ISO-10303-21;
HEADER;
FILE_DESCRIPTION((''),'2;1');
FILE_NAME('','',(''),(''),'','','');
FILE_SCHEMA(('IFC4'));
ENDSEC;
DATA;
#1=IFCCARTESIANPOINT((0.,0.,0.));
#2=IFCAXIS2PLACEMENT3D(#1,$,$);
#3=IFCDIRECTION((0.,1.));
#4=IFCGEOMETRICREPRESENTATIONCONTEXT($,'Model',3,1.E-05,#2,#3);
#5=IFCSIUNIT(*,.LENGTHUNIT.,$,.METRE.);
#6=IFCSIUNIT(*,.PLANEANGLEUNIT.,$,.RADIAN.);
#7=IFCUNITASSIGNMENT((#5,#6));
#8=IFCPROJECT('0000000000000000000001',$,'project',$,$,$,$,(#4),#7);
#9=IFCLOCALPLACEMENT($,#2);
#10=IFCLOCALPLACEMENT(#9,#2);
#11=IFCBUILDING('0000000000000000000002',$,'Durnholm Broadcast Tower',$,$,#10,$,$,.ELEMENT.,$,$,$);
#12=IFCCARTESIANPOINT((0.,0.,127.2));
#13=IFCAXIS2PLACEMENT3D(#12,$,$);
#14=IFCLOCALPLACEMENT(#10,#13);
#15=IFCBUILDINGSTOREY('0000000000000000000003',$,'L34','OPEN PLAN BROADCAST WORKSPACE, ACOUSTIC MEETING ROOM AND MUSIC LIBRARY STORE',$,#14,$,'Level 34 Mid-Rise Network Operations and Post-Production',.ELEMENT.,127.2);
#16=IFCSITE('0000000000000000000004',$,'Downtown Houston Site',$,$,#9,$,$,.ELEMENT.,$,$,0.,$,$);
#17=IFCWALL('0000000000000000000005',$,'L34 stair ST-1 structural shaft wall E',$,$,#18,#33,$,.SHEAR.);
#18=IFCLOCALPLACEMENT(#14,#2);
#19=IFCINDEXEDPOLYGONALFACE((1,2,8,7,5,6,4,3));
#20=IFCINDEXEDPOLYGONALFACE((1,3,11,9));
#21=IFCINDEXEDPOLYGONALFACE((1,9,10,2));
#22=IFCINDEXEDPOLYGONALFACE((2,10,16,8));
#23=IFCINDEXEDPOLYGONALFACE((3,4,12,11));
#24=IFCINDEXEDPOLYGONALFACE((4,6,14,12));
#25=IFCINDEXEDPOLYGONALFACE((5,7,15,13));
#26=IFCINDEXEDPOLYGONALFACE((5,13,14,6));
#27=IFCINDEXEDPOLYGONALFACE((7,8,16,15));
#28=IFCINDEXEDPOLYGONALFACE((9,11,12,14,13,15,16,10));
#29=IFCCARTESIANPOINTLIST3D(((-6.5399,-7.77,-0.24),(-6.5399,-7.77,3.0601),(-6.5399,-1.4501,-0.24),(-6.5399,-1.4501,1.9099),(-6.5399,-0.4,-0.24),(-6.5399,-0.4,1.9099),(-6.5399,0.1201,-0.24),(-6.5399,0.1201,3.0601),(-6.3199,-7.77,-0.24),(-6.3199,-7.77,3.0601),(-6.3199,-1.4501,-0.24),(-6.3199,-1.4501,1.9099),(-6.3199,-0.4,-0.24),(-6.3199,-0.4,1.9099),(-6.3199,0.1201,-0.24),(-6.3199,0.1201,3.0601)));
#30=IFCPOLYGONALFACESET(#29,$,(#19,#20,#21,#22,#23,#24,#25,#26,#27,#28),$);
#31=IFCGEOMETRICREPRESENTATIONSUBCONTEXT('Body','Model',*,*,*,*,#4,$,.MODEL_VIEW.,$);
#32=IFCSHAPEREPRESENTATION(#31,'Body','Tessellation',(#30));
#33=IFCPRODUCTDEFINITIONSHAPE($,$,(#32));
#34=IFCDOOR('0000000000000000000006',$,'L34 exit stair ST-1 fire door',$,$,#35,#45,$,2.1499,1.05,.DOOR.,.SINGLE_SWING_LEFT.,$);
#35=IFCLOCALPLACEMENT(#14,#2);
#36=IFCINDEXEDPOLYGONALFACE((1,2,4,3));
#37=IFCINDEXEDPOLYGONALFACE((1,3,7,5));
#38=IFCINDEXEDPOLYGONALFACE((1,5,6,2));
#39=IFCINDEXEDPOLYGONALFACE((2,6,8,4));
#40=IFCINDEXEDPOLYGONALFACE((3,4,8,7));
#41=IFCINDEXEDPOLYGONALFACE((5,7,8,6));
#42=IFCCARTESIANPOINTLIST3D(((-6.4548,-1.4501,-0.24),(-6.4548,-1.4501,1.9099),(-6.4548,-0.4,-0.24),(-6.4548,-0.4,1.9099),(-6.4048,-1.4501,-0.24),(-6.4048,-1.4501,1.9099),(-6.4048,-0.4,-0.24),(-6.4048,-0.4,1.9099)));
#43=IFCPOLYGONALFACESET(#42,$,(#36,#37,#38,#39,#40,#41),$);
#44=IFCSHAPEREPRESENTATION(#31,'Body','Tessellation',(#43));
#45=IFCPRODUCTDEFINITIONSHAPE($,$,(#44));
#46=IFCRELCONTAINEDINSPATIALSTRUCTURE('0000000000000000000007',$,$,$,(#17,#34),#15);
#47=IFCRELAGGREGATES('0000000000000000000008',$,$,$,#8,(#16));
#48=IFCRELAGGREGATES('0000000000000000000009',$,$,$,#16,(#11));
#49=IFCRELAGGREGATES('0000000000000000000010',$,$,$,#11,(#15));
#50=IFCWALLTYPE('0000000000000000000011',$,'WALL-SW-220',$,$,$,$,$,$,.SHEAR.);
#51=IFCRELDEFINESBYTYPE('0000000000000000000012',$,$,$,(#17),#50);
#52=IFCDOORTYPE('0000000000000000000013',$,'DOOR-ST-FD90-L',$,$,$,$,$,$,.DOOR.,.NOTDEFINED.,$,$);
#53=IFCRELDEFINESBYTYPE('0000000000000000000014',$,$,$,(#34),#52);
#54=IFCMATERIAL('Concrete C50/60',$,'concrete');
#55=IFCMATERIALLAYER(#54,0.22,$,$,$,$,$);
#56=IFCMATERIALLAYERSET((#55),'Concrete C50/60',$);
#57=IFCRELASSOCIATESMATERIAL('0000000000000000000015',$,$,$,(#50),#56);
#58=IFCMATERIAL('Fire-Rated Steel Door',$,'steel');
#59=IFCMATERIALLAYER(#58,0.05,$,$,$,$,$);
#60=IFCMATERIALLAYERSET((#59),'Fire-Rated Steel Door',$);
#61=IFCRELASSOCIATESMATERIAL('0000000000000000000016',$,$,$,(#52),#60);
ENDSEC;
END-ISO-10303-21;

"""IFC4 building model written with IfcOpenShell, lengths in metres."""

from ifc_helpers import new_model, si_unit, direction, frame, frame_2d, origin, place, context, subcontext, project, spatial, rectangle, extrude, source, transform, mapped, material, layer, layer_set, type_object, type_shapes, element, fill, save


model = new_model("IFC4")

# Units and contexts
model_context = context("Model", 3, precision=1e-05, world=origin(), true_north=direction((0.0, 1.0)))
body_context = subcontext(model_context, "Body", "Model", "MODEL_VIEW")
ifc_project = project(units=[si_unit("LENGTHUNIT", "METRE"), si_unit("PLANEANGLEUNIT", "RADIAN")], contexts=[model_context])

# Site, building, storey
site_placement = place(None, origin())
site = spatial("IfcSite", under=ifc_project, at=site_placement, Name="Downtown Houston Site", CompositionType="ELEMENT", RefElevation=0.0)
building_placement = place(site_placement, origin())
building = spatial("IfcBuilding", under=site, at=building_placement, Name="Durnholm Broadcast Tower", CompositionType="ELEMENT")
storey_placement = place(building_placement, frame((0.0, 0.0, 127.2)))
storey = spatial("IfcBuildingStorey", under=building, at=storey_placement, Name="L34", Description="OPEN PLAN BROADCAST WORKSPACE, ACOUSTIC MEETING ROOM AND MUSIC LIBRARY STORE", LongName="Level 34 Mid-Rise Network Operations and Post-Production", CompositionType="ELEMENT", Elevation=127.2)

# Wall, opening, door
ifc_material_1 = material(Name="Concrete C50/60", Category="concrete")
ifc_layer_1 = layer(ifc_material_1, 0.22)
ifc_layer_set_1 = layer_set([ifc_layer_1], Name="Concrete C50/60")
wall_type_1 = type_object("IfcWallType", Name="WALL-SW-220", PredefinedType="SHEAR", material=ifc_layer_set_1)
wall_1_placement = place(storey_placement, frame((-6.4299, -7.77, -0.24), z_axis=(0.0, 0.0, 1.0), x_axis=(0.0, 1.0, 0.0)))
wall_1 = element("IfcWall", 1, at=wall_1_placement, inside=storey, type_object=wall_type_1, Name="L34 stair ST-1 structural shaft wall E", PredefinedType="SHEAR", context=body_context, shape_type="SweptSolid", body=[
    extrude(rectangle(XDim=7.8901, YDim=0.22, at=frame_2d((3.9451, 0.0))), origin(), (0.0, 0.0, 1.0), 3.3),
])
opening_1_placement = place(wall_1_placement, frame((6.3201, 0.0, 0.0)))
opening_1 = element("IfcOpeningElement", 2, at=opening_1_placement, cuts=wall_1, PredefinedType="OPENING", context=body_context, shape_type="SweptSolid", body=[
    extrude(rectangle(XDim=1.05, YDim=2.1499, at=frame_2d((0.5249, 1.075))), frame((0.0, 0.1201, 0.0), z_axis=(0.0, -1.0, 0.0), x_axis=(1.0, 0.0, 0.0)), (0.0, 0.0, 1.0), 0.24),
])
ifc_material_2 = material(Name="Fire-Rated Steel Door", Category="steel")
ifc_layer_2 = layer(ifc_material_2, 0.05)
ifc_layer_set_2 = layer_set([ifc_layer_2], Name="Fire-Rated Steel Door")
door_type_1 = type_object("IfcDoorType", Name="DOOR-ST-FD90-L", OperationType="NOTDEFINED", PredefinedType="DOOR", material=ifc_layer_set_2)
shared_shape_1 = source(origin(), body_context, "Body", "SweptSolid", [
    extrude(rectangle(XDim=1.05, YDim=2.1499, at=frame_2d((0.5249, 1.075))), frame((0.0, 0.0249, 0.0), z_axis=(0.0, -1.0, 0.0), x_axis=(1.0, 0.0, 0.0)), (0.0, 0.0, 1.0), 0.05),
])
type_shapes(door_type_1, [shared_shape_1])
door_1_placement = place(opening_1_placement, origin())
door_1 = element("IfcDoor", 3, at=door_1_placement, inside=storey, type_object=door_type_1, Name="L34 exit stair ST-1 fire door", OperationType="SINGLE_SWING_LEFT", OverallHeight=2.1499, OverallWidth=1.05, PredefinedType="DOOR", context=body_context, shape_type="MappedRepresentation", body=[
    mapped(shared_shape_1, transform((0.0, 0.0, 0.0), x_axis=(1.0, 0.0, 0.0), y_axis=(0.0, 1.0, 0.0), z_axis=(0.0, 0.0, 1.0), scale=1.0)),
])
fill(opening_1, door_1)

save(model, "model.ifc")
